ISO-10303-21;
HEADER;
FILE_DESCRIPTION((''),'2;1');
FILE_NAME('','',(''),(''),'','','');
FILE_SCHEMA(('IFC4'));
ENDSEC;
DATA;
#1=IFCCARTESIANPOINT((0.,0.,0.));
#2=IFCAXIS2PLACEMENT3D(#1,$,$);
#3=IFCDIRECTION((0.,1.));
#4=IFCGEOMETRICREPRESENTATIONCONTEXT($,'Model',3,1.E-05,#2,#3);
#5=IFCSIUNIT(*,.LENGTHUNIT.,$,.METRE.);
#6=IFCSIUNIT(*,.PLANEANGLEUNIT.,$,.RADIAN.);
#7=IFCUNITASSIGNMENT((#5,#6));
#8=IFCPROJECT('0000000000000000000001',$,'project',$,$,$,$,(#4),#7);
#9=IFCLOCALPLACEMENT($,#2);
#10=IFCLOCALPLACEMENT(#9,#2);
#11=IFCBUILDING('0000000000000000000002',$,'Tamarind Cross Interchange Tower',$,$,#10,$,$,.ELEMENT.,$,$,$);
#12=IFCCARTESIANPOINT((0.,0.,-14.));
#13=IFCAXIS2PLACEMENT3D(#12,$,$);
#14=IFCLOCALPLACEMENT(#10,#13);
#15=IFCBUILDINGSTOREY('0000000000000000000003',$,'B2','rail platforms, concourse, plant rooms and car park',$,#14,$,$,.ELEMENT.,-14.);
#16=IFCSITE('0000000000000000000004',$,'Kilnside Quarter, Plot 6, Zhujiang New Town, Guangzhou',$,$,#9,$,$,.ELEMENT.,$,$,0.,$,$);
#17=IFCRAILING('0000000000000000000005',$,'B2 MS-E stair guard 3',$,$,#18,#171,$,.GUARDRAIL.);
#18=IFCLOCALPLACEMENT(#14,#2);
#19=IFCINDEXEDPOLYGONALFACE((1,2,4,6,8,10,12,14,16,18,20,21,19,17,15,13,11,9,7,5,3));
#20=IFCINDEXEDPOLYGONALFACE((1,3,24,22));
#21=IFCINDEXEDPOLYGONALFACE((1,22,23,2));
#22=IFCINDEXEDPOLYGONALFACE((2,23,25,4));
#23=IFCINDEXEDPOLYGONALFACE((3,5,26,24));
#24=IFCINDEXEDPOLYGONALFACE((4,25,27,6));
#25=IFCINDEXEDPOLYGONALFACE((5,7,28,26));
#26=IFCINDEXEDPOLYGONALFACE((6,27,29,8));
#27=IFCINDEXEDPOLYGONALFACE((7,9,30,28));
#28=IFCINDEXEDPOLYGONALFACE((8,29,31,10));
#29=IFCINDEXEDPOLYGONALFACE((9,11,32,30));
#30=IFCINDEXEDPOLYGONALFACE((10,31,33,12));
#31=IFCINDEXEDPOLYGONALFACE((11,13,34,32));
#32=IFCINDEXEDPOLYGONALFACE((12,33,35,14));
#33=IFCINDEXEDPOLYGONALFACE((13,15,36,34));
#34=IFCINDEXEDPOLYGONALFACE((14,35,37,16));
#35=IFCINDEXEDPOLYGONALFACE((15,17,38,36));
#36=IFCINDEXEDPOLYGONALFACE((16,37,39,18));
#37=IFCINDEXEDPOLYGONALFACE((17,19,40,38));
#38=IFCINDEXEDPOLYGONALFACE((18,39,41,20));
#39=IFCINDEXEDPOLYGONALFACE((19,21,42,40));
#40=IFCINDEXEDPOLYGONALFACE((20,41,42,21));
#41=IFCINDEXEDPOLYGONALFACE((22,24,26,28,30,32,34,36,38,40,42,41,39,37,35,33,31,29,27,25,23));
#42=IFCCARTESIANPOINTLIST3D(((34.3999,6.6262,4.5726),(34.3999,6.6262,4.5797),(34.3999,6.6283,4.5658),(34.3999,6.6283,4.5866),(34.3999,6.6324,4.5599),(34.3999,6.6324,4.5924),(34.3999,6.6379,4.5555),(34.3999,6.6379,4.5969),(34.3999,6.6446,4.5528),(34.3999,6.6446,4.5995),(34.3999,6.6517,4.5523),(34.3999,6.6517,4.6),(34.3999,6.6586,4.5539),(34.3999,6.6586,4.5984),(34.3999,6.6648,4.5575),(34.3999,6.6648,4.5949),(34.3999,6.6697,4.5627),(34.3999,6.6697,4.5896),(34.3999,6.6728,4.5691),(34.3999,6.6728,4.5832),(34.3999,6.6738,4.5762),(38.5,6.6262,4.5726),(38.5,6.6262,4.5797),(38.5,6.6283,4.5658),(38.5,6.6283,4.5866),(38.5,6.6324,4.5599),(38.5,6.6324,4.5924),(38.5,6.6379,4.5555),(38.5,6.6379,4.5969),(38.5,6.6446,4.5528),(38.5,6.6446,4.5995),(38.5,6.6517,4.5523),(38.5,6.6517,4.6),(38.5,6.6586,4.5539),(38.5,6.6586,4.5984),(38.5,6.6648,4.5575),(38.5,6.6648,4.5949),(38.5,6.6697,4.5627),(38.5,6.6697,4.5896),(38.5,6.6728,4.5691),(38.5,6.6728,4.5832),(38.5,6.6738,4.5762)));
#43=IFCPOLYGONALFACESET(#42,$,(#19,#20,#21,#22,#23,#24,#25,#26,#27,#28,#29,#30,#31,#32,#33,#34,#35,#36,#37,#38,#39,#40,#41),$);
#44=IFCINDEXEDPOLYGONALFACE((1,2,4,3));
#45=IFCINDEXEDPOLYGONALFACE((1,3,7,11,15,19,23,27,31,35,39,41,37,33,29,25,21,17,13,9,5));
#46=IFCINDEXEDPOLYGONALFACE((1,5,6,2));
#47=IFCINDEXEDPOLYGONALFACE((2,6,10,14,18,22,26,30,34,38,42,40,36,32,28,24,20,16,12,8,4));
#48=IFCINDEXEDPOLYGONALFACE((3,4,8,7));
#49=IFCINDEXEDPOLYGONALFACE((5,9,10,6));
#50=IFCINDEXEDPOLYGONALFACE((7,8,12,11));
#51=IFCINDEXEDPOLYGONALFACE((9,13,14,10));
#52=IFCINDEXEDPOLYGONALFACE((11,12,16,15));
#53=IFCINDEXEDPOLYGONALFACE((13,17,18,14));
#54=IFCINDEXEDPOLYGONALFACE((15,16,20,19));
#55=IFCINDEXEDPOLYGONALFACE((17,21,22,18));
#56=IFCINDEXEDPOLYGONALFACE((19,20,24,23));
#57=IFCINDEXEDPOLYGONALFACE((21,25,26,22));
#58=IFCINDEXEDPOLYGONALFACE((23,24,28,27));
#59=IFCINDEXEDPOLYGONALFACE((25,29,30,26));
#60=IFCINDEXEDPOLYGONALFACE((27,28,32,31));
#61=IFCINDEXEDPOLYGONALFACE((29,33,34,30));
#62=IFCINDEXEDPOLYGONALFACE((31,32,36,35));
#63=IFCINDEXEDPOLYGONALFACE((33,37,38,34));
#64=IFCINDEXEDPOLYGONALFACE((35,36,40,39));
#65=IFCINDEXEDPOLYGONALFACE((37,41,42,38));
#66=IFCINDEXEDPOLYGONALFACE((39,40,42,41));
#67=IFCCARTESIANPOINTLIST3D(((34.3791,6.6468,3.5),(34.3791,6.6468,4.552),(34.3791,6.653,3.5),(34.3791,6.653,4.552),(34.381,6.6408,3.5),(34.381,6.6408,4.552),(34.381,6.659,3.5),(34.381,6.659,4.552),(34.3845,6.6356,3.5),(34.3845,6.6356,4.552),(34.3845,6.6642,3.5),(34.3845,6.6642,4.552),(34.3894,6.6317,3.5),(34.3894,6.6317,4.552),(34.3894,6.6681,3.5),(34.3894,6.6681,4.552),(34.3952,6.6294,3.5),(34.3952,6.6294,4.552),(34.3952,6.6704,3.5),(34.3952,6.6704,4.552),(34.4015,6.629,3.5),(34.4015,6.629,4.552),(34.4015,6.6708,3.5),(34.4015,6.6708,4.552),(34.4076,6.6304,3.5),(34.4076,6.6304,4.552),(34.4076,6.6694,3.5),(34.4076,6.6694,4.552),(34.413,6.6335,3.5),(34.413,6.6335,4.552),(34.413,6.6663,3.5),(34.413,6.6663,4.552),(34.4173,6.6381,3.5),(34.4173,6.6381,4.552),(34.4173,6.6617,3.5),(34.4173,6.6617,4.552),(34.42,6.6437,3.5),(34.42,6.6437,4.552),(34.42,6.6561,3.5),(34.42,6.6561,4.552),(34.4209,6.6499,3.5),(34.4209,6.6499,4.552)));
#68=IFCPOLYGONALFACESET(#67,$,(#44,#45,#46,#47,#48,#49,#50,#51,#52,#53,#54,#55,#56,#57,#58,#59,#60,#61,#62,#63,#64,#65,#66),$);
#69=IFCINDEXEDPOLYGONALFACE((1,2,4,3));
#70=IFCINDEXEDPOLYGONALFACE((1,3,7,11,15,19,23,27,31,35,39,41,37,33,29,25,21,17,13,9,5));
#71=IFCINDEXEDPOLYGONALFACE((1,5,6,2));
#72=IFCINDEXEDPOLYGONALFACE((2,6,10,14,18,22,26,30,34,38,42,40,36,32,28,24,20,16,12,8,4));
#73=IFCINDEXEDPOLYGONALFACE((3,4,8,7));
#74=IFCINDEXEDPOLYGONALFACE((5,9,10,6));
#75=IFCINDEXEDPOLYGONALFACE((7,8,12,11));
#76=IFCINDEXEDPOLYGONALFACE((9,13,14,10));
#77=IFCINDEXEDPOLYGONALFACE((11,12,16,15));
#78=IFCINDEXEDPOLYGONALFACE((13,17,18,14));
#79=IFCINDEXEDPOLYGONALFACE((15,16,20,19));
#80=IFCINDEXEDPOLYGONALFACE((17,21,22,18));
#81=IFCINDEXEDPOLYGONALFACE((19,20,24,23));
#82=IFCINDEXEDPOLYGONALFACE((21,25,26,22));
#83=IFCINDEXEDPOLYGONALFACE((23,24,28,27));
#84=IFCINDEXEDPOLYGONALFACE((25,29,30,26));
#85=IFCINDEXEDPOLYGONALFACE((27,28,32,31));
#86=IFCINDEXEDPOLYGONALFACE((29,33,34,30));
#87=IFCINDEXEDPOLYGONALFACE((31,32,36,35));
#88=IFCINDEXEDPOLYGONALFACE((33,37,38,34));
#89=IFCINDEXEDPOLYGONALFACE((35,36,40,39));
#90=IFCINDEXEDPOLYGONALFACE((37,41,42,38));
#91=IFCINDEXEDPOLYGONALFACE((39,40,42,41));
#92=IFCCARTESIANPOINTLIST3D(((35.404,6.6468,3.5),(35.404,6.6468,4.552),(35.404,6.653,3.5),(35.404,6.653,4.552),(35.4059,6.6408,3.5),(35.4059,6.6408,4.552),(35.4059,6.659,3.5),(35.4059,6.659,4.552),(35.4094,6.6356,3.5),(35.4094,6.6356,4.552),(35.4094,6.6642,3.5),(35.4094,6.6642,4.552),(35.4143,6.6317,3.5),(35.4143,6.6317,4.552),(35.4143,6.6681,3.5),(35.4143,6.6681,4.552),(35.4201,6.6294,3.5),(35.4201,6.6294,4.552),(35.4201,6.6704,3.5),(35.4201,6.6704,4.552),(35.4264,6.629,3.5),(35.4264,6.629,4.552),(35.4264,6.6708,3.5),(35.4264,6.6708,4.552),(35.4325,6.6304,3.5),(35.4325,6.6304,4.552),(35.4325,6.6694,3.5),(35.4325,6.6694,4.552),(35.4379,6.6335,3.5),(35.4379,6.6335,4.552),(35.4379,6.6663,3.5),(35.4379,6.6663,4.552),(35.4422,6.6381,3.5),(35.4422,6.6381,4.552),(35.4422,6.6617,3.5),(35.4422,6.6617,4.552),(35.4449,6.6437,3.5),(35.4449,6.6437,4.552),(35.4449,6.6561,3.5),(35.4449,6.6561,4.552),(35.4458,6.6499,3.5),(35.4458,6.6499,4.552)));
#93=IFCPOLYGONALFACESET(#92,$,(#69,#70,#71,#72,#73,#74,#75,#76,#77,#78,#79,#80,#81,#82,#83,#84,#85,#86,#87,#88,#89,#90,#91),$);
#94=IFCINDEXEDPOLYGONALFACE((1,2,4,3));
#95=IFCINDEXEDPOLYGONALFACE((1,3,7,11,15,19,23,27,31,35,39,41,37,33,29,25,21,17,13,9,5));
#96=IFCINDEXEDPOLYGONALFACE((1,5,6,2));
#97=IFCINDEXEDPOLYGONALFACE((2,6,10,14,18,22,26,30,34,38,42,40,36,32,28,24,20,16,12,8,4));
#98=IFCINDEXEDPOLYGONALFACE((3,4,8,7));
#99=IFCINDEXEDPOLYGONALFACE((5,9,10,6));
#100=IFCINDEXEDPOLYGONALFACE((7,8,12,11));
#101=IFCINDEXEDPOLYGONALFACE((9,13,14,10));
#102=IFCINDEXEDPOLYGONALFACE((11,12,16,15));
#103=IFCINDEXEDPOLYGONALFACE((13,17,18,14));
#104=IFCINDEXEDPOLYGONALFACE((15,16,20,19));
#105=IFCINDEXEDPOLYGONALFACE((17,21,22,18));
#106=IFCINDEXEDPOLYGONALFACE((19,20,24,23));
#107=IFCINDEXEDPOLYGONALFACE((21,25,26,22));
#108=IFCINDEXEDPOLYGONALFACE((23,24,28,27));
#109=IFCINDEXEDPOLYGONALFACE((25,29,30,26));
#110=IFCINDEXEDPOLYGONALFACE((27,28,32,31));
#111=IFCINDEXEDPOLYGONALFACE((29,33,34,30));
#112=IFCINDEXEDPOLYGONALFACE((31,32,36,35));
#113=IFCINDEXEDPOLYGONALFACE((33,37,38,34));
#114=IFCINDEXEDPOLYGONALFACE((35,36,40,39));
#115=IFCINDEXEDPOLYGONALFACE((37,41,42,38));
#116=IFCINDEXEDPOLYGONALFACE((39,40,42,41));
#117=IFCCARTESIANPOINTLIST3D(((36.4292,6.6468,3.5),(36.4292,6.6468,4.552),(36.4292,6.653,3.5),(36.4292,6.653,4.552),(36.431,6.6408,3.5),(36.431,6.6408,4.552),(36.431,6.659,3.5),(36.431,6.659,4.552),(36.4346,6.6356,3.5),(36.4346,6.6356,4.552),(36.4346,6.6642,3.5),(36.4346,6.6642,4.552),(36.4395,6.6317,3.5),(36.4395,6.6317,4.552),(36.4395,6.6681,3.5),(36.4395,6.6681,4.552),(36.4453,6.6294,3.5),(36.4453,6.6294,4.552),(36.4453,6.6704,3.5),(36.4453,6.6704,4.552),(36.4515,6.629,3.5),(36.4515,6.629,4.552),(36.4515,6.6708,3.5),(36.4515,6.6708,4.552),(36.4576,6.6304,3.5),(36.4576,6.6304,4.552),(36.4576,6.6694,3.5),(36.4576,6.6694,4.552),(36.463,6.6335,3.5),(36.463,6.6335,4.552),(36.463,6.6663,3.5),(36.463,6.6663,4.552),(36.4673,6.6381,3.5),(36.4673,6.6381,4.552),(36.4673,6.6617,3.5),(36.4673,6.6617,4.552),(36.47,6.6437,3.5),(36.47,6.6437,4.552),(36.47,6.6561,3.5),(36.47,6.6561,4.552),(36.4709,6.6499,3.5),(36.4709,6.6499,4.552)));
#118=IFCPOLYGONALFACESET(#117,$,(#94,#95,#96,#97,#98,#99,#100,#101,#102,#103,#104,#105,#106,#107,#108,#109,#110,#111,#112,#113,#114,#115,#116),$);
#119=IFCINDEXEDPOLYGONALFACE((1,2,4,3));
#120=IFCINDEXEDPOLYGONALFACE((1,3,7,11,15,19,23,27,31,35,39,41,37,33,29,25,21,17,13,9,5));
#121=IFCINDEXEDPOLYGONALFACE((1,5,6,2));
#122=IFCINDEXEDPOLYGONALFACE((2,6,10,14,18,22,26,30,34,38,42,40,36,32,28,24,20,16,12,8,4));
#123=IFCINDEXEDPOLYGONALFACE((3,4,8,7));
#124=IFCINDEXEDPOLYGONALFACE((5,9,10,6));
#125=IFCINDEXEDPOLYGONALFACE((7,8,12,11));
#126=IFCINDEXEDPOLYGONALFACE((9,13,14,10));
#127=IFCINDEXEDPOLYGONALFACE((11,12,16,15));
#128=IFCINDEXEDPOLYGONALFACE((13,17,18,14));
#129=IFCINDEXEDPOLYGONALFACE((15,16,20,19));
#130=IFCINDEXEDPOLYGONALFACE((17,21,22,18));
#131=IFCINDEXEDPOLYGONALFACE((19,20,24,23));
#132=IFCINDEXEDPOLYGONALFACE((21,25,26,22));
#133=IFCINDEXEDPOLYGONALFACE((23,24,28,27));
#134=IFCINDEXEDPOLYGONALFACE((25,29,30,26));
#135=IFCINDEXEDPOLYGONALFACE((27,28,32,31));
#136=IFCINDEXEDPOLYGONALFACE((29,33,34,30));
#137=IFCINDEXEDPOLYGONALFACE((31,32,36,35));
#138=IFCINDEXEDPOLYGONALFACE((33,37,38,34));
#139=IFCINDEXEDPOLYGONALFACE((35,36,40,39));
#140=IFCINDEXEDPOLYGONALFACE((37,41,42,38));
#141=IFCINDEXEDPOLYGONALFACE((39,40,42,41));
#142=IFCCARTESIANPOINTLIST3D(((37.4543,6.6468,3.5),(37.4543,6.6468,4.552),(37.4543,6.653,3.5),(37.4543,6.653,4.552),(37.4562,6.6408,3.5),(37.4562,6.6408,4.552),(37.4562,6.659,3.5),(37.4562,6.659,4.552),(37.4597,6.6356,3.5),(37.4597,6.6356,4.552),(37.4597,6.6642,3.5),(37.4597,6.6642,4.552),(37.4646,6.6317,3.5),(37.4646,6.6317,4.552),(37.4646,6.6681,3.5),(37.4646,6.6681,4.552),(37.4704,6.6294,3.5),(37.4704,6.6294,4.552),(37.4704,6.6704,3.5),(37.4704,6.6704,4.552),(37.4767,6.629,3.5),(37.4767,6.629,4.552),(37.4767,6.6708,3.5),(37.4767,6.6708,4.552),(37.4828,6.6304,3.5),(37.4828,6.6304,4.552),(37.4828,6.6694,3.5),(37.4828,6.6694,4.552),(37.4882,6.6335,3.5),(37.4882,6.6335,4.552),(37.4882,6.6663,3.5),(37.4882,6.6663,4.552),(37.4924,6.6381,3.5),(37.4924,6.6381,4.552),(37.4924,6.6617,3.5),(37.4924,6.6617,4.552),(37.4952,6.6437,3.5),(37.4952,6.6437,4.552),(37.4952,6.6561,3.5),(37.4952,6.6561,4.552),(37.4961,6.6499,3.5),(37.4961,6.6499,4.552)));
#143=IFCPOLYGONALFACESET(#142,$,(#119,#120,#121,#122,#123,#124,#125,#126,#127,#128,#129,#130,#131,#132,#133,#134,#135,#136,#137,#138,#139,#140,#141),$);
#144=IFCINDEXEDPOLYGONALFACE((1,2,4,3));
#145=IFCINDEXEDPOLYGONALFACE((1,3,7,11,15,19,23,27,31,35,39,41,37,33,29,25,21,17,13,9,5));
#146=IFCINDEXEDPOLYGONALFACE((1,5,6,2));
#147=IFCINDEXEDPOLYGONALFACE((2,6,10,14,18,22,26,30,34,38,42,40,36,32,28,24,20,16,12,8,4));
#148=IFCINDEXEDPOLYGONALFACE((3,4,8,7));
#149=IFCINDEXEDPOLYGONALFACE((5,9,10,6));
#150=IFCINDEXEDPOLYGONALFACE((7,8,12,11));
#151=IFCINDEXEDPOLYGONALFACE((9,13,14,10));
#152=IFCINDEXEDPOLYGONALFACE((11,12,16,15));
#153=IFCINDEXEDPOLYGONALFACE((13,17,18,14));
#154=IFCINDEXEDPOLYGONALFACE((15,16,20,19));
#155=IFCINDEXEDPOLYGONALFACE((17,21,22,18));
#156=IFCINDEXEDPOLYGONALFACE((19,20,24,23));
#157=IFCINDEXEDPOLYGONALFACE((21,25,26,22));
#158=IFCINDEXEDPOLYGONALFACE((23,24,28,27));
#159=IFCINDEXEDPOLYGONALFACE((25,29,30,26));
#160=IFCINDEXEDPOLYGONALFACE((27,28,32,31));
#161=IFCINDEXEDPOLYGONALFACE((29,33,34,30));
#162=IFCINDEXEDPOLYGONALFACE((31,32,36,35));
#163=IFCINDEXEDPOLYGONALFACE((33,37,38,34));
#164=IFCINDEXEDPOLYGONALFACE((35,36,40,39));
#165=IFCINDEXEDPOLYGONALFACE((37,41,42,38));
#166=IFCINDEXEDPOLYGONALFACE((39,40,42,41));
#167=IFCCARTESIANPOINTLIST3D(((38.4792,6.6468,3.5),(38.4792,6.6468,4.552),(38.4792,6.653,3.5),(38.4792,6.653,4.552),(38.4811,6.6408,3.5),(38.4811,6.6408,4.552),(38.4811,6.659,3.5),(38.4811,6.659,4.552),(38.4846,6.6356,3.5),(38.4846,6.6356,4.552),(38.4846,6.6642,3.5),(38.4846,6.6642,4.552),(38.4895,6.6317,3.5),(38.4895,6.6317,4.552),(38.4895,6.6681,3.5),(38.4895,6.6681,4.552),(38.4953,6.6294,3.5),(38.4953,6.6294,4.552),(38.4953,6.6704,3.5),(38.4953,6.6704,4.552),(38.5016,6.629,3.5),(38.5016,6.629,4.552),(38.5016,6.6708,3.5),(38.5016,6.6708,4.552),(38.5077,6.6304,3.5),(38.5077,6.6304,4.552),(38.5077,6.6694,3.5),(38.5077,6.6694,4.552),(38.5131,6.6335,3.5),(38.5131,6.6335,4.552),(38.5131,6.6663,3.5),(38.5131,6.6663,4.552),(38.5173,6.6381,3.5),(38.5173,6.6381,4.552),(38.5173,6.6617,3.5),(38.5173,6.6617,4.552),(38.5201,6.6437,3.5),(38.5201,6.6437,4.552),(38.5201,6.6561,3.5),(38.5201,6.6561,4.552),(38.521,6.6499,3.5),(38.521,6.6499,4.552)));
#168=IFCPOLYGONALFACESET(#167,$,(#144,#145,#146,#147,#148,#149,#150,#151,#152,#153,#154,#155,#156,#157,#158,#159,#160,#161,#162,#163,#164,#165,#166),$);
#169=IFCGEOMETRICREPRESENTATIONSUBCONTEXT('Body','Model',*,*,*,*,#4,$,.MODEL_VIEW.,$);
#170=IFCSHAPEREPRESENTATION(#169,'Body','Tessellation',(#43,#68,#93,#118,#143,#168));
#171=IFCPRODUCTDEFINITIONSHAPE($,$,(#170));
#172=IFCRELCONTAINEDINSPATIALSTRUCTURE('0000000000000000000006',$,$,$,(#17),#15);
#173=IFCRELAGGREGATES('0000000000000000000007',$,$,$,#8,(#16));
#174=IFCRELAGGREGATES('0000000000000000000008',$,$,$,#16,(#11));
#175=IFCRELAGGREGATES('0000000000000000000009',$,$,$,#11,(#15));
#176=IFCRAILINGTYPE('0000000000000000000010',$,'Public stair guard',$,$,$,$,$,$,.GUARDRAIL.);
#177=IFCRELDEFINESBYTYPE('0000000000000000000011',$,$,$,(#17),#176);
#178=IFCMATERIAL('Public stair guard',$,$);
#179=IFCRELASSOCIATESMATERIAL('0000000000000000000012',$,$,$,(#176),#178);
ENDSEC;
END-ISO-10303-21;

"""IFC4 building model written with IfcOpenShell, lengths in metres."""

from ifc_helpers import new_model, si_unit, direction, frame, origin, origin_2d, place, context, subcontext, project, spatial, circle, extrude, material, type_object, element, save


model = new_model("IFC4")

# Units and contexts
model_context = context("Model", 3, precision=1e-05, world=origin(), true_north=direction((0.0, 1.0)))
body_context = subcontext(model_context, "Body", "Model", "MODEL_VIEW")
ifc_project = project(units=[si_unit("LENGTHUNIT", "METRE"), si_unit("PLANEANGLEUNIT", "RADIAN")], contexts=[model_context])

# Site, building, storey
site_placement = place(None, origin())
site = spatial("IfcSite", under=ifc_project, at=site_placement, Name="Kilnside Quarter, Plot 6, Zhujiang New Town, Guangzhou", CompositionType="ELEMENT", RefElevation=0.0)
building_placement = place(site_placement, origin())
building = spatial("IfcBuilding", under=site, at=building_placement, Name="Tamarind Cross Interchange Tower", CompositionType="ELEMENT")
storey_placement = place(building_placement, frame((0.0, 0.0, -14.0)))
storey = spatial("IfcBuildingStorey", under=building, at=storey_placement, Name="B2", Description="rail platforms, concourse, plant rooms and car park", CompositionType="ELEMENT", Elevation=-14.0)

# Railing
ifc_material_1 = material(Name="Public stair guard")
railing_type_1 = type_object("IfcRailingType", Name="Public stair guard", PredefinedType="GUARDRAIL", material=ifc_material_1)
for number, where, name in (
    (1, (34.3999, 6.6499, 3.5), "B2 MS-E stair guard 3"),
):
    element("IfcRailing", number, at=place(storey_placement, frame(where)), inside=storey, type_object=railing_type_1, Name=name, PredefinedType="GUARDRAIL", context=body_context, shape_type="SweptSolid", body=[
        extrude(circle(Radius=0.0239, at=origin_2d()), frame((0.0, 0.0, 1.0762), z_axis=(1.0, 0.0, 0.0), x_axis=(0.0, 1.0, 0.0)), (0.0, 0.0, 1.0), 4.1001),
        extrude(circle(Radius=0.021, at=origin_2d()), origin(), (0.0, 0.0, 1.0), 1.052),
        extrude(circle(Radius=0.021, at=origin_2d()), frame((1.0249, 0.0, 0.0)), (0.0, 0.0, 1.0), 1.052),
        extrude(circle(Radius=0.021, at=origin_2d()), frame((2.05, 0.0, 0.0)), (0.0, 0.0, 1.0), 1.052),
        extrude(circle(Radius=0.021, at=origin_2d()), frame((3.0752, 0.0, 0.0)), (0.0, 0.0, 1.0), 1.052),
        extrude(circle(Radius=0.021, at=origin_2d()), frame((4.1001, 0.0, 0.0)), (0.0, 0.0, 1.0), 1.052),
    ])

save(model, "model.ifc")
